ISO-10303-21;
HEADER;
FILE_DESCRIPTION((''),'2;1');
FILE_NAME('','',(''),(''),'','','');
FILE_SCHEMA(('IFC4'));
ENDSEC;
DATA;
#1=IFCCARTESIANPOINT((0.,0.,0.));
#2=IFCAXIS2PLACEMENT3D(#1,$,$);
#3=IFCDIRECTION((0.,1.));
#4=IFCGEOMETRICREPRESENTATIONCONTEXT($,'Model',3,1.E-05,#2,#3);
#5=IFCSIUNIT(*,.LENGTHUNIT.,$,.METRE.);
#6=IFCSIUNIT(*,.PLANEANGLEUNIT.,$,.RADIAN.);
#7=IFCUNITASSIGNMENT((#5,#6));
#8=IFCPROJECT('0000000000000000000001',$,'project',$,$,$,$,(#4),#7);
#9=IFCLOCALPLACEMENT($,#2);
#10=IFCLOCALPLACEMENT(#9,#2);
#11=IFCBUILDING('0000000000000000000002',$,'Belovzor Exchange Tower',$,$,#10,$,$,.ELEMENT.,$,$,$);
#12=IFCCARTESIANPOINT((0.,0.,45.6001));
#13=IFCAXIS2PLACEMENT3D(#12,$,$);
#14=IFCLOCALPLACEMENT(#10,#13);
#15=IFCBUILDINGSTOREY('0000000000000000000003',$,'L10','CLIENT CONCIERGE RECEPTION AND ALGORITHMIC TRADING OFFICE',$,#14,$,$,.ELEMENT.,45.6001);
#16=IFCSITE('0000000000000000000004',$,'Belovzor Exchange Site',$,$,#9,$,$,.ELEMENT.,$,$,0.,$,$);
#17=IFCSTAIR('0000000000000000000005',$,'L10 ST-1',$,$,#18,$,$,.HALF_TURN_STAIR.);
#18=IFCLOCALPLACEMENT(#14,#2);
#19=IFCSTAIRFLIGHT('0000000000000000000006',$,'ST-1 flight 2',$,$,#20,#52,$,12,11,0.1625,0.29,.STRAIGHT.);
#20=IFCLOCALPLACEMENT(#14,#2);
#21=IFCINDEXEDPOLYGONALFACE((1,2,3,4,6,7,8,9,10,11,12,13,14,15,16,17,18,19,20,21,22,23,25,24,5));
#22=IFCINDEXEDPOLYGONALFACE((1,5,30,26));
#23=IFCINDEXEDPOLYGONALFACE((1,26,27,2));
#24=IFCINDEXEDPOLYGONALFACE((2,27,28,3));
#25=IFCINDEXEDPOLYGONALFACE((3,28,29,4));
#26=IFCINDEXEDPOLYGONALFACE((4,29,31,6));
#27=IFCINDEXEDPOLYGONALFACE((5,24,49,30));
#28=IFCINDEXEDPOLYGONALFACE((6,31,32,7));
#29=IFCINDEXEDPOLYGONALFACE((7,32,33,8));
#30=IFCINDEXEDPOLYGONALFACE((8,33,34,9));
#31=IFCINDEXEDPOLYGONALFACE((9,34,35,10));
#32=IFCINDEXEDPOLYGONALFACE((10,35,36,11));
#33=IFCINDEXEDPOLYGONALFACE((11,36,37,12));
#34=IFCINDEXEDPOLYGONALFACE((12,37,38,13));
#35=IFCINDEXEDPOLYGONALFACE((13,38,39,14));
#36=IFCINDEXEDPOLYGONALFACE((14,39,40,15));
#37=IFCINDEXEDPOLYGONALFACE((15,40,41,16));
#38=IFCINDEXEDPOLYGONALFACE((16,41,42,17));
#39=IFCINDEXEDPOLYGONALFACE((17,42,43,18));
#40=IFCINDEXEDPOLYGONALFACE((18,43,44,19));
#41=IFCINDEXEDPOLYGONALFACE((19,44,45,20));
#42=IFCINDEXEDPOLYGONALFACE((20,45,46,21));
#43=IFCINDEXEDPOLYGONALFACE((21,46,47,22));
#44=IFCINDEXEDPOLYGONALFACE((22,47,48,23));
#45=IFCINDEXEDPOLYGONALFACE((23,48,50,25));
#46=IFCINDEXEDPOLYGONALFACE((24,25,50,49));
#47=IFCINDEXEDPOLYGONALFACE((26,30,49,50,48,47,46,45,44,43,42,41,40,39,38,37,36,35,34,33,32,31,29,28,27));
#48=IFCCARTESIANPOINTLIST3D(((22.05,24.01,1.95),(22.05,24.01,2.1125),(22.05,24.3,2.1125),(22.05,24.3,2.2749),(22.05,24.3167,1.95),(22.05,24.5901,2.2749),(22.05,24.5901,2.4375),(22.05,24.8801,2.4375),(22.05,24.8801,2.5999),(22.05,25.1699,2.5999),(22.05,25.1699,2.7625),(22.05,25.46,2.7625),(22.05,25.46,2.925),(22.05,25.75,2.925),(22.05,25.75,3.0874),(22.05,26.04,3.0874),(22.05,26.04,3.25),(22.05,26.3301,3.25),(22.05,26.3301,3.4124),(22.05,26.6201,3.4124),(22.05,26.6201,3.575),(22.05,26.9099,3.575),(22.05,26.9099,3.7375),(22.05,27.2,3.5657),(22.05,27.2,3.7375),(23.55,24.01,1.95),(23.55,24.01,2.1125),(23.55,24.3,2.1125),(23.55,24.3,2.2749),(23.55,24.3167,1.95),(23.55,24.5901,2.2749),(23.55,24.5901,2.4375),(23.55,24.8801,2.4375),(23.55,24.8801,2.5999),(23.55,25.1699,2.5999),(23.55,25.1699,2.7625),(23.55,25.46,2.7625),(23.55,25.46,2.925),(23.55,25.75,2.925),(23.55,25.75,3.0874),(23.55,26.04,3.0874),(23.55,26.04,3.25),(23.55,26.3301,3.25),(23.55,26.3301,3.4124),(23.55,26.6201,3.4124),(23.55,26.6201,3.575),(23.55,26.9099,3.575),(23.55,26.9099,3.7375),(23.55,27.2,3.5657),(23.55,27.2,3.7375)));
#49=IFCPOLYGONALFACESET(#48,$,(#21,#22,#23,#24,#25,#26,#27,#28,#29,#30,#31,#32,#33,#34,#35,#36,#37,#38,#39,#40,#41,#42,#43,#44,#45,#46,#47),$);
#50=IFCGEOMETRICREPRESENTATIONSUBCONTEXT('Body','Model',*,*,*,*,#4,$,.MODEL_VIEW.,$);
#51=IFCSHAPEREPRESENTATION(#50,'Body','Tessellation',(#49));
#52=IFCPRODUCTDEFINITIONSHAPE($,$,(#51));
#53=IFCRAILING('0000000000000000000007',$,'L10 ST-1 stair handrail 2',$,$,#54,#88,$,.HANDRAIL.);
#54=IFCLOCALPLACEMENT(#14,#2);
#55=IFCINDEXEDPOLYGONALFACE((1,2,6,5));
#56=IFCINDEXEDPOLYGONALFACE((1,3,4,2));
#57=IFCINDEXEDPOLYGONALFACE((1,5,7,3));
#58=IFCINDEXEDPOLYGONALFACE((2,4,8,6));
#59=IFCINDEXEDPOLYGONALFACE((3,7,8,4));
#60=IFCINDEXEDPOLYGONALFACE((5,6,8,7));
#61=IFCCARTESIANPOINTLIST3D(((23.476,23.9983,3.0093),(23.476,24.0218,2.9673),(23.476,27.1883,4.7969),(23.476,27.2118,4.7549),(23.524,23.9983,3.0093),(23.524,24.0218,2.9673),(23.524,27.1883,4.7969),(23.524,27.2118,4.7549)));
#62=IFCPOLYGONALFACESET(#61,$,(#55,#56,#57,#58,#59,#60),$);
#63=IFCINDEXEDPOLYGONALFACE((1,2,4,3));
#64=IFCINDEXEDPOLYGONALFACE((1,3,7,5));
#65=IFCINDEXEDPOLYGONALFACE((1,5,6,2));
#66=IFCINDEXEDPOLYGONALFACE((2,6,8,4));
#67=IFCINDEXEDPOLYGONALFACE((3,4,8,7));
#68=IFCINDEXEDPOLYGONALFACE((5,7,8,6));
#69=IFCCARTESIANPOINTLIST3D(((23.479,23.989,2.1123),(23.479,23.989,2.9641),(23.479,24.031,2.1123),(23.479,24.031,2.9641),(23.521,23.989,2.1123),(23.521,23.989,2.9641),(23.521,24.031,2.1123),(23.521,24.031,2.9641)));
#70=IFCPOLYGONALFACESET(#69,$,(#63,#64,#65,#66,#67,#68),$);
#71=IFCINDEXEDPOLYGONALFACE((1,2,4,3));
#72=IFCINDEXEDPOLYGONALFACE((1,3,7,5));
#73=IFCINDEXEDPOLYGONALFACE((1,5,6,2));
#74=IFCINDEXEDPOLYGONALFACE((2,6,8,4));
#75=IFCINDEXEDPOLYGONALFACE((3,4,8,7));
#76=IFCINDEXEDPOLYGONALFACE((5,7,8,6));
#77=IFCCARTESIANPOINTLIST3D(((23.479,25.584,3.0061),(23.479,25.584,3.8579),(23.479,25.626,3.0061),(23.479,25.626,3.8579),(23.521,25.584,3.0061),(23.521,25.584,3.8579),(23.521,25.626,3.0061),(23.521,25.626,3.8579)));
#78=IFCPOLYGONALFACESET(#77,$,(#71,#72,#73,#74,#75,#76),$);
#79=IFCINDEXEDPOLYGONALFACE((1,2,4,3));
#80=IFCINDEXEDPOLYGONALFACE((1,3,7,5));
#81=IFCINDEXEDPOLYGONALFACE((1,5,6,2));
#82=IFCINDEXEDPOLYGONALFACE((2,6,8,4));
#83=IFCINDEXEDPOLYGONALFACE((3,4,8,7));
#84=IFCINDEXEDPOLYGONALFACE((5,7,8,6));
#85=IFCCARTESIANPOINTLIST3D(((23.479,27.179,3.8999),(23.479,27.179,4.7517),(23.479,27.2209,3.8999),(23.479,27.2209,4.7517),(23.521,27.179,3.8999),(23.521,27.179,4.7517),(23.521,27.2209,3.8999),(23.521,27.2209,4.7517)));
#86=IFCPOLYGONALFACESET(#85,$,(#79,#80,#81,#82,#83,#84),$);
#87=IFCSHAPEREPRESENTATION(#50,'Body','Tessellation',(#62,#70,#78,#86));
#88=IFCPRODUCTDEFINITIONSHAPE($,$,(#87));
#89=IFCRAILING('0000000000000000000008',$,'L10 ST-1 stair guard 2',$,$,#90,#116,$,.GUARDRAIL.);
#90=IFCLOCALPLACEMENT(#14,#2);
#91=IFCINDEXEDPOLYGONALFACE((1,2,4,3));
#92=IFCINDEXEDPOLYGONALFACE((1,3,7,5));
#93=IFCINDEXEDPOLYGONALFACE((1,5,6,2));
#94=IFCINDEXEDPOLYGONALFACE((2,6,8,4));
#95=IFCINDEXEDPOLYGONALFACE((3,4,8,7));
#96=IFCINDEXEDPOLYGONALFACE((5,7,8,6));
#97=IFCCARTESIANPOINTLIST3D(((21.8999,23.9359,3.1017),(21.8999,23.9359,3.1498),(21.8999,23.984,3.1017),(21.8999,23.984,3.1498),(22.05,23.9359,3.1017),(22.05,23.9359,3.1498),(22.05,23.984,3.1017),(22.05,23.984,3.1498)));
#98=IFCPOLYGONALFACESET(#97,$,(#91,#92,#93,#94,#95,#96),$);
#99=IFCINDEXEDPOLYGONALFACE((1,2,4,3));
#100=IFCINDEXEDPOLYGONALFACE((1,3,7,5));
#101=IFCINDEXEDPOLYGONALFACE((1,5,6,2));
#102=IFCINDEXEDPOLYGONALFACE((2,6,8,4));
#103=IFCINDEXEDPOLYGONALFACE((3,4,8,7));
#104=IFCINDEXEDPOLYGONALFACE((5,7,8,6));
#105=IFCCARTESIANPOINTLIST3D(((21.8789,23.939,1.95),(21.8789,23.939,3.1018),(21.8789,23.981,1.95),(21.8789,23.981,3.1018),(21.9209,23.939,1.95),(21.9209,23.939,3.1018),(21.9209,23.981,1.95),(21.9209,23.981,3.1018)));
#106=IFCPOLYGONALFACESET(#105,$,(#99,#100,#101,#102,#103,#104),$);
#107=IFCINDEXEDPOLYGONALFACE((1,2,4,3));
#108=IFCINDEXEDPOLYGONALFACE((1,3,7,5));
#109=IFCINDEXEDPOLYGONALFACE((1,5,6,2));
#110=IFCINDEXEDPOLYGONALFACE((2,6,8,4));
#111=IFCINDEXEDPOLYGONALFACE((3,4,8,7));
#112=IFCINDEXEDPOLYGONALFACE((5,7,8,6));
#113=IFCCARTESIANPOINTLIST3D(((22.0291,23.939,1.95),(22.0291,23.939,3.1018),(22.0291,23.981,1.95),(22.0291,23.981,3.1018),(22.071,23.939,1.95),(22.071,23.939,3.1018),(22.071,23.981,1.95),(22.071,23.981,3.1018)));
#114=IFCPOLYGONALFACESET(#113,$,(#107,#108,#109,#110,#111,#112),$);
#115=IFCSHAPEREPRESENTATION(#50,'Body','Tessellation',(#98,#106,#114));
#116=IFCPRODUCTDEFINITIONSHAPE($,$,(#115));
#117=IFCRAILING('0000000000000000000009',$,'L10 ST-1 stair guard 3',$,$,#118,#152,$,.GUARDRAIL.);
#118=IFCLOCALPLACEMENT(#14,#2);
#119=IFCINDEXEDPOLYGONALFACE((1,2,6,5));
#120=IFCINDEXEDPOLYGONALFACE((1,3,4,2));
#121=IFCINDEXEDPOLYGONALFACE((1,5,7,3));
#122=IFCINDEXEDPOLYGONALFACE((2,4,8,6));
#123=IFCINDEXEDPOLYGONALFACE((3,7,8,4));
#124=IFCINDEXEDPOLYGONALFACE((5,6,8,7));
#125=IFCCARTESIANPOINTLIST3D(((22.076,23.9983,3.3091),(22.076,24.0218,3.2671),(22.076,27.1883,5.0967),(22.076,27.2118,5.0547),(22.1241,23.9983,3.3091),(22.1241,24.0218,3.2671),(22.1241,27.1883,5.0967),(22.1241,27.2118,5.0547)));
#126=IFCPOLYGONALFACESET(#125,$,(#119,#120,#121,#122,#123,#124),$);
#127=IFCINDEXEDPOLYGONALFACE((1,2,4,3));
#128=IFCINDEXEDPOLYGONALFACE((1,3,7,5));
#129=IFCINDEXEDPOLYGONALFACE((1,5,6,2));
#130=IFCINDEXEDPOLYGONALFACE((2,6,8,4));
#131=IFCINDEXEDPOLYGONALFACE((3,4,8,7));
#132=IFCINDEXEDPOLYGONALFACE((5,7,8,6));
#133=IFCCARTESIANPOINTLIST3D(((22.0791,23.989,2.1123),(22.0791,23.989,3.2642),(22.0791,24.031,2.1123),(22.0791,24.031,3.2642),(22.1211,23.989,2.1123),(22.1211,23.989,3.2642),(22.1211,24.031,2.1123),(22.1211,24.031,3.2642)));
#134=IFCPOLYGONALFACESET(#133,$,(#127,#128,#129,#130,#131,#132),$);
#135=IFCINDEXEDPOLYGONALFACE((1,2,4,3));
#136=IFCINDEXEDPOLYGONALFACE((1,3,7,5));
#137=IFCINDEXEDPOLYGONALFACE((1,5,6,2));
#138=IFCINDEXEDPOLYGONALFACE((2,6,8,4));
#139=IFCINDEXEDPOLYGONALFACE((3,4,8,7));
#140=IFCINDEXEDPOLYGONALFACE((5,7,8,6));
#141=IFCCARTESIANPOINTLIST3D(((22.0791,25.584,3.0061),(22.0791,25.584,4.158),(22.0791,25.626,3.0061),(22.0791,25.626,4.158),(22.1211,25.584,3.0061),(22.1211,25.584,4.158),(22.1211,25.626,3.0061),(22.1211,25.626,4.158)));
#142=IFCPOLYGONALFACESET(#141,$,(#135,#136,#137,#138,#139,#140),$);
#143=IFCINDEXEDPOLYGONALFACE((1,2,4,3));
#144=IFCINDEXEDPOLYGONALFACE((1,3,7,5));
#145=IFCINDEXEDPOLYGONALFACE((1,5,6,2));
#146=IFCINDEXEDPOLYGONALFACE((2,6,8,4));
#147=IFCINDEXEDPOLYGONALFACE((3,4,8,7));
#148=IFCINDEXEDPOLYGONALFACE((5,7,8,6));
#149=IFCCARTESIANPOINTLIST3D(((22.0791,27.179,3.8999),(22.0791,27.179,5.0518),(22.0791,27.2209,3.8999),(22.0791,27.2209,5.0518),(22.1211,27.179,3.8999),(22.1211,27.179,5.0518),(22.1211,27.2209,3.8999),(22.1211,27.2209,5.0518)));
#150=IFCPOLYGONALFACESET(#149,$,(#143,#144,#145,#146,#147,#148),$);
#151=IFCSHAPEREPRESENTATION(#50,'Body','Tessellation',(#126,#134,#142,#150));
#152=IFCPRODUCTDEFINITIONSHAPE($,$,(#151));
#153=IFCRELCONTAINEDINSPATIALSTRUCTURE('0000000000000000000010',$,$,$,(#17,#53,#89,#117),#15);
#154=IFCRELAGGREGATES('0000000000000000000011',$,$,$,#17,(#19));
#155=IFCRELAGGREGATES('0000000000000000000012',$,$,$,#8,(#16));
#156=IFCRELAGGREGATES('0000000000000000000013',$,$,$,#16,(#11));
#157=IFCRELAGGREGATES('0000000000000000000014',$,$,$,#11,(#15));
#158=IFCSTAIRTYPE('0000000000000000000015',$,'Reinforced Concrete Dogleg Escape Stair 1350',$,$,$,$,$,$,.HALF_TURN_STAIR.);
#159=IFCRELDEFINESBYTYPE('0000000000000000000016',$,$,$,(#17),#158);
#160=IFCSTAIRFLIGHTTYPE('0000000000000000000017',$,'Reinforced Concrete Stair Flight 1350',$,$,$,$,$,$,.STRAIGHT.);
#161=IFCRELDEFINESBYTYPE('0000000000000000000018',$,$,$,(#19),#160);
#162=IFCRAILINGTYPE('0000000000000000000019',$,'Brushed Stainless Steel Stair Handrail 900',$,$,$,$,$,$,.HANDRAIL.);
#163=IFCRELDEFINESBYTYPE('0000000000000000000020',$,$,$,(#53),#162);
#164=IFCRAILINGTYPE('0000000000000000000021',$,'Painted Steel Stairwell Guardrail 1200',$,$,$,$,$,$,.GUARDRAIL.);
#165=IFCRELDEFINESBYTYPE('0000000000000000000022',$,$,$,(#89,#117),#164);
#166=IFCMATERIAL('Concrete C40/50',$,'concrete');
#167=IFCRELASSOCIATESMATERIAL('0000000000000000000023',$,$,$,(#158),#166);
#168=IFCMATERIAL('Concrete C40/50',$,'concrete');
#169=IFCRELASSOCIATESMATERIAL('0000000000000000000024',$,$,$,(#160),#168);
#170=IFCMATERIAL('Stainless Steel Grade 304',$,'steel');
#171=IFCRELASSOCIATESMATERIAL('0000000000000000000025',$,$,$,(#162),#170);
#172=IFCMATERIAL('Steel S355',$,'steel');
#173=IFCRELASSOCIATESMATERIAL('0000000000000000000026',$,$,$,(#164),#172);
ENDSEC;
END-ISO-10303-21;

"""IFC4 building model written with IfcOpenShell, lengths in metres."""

from ifc_helpers import new_model, si_unit, direction, frame, origin, origin_2d, place, context, subcontext, project, spatial, polyline, rectangle, outline, extrude, material, type_object, element, aggregate, save


model = new_model("IFC4")

# Units and contexts
model_context = context("Model", 3, precision=1e-05, world=origin(), true_north=direction((0.0, 1.0)))
body_context = subcontext(model_context, "Body", "Model", "MODEL_VIEW")
ifc_project = project(units=[si_unit("LENGTHUNIT", "METRE"), si_unit("PLANEANGLEUNIT", "RADIAN")], contexts=[model_context])

# Site, building, storey
site_placement = place(None, origin())
site = spatial("IfcSite", under=ifc_project, at=site_placement, Name="Belovzor Exchange Site", CompositionType="ELEMENT", RefElevation=0.0)
building_placement = place(site_placement, origin())
building = spatial("IfcBuilding", under=site, at=building_placement, Name="Belovzor Exchange Tower", CompositionType="ELEMENT")
storey_placement = place(building_placement, frame((0.0, 0.0, 45.6001)))
storey = spatial("IfcBuildingStorey", under=building, at=storey_placement, Name="L10", Description="CLIENT CONCIERGE RECEPTION AND ALGORITHMIC TRADING OFFICE", CompositionType="ELEMENT", Elevation=45.6001)

# Stair, stair flight
ifc_material_1 = material(Name="Concrete C40/50", Category="concrete")
stair_type = type_object("IfcStairType", Name="Reinforced Concrete Dogleg Escape Stair 1350", PredefinedType="HALF_TURN_STAIR", material=ifc_material_1)
stair_placement = place(storey_placement, origin())
stair = element("IfcStair", 1, at=stair_placement, inside=storey, type_object=stair_type, Name="L10 ST-1", PredefinedType="HALF_TURN_STAIR")
ifc_material_2 = material(Name="Concrete C40/50", Category="concrete")
stair_flight_type = type_object("IfcStairFlightType", Name="Reinforced Concrete Stair Flight 1350", PredefinedType="STRAIGHT", material=ifc_material_2)
stair_flight_placement = place(storey_placement, frame((22.8, 24.01, 1.95), z_axis=(0.0, 0.0, 1.0), x_axis=(0.0, 1.0, 0.0)))
stair_flight = element("IfcStairFlight", 2, at=stair_flight_placement, type_object=stair_flight_type, Name="ST-1 flight 2", NumberOfRisers=12, NumberOfTreads=11, PredefinedType="STRAIGHT", RiserHeight=0.1625, TreadLength=0.29, context=body_context, shape_type="SweptSolid", body=[
    extrude(outline(polyline([(0.0, 0.0), (0.0, 0.1626), (0.29, 0.1626), (0.29, 0.325), (0.5801, 0.325), (0.5801, 0.4875), (0.8701, 0.4875), (0.8701, 0.6499), (1.1599, 0.6499), (1.1599, 0.8125), (1.45, 0.8125), (1.45, 0.9751), (1.74, 0.9751), (1.74, 1.1375), (2.03, 1.1375), (2.03, 1.3), (2.3201, 1.3), (2.3201, 1.4624), (2.6101, 1.4624), (2.6101, 1.625), (2.8999, 1.625), (2.8999, 1.7876), (3.1899, 1.7876), (3.1899, 1.95), (3.1899, 1.6157), (0.3066, 0.0), (0.0, 0.0)])), frame((0.0, 0.75, 0.0), z_axis=(0.0, -1.0, 0.0), x_axis=(1.0, 0.0, 0.0)), (0.0, 0.0, 1.0), 1.5),
])
aggregate(stair, [stair_flight])

# Railings
ifc_material_3 = material(Name="Stainless Steel Grade 304", Category="steel")
railing_type_1 = type_object("IfcRailingType", Name="Brushed Stainless Steel Stair Handrail 900", PredefinedType="HANDRAIL", material=ifc_material_3)
railing_1_placement = place(storey_placement, frame((23.5, 24.01, 2.1123)))
element("IfcRailing", 3, at=railing_1_placement, inside=storey, type_object=railing_type_1, Name="L10 ST-1 stair handrail 2", PredefinedType="HANDRAIL", context=body_context, shape_type="SweptSolid", body=[
    extrude(rectangle(XDim=0.0481, YDim=0.0481, at=origin_2d()), frame((0.0, 0.0, 0.876), z_axis=(0.0, 0.872363, 0.48886), x_axis=(-1.0, 0.0, 0.0)), (0.0, 0.0, 1.0), 3.6567),
    extrude(rectangle(XDim=0.042, YDim=0.042, at=origin_2d()), origin(), (0.0, 0.0, 1.0), 0.8518),
    extrude(rectangle(XDim=0.042, YDim=0.042, at=origin_2d()), frame((0.0, 1.595, 0.8938)), (0.0, 0.0, 1.0), 0.8518),
    extrude(rectangle(XDim=0.042, YDim=0.042, at=origin_2d()), frame((0.0, 3.1899, 1.7876)), (0.0, 0.0, 1.0), 0.8518),
])
ifc_material_4 = material(Name="Steel S355", Category="steel")
railing_type_2 = type_object("IfcRailingType", Name="Painted Steel Stairwell Guardrail 1200", PredefinedType="GUARDRAIL", material=ifc_material_4)
railing_2_placement = place(storey_placement, frame((21.8999, 23.96, 1.95)))
element("IfcRailing", 4, at=railing_2_placement, inside=storey, type_object=railing_type_2, Name="L10 ST-1 stair guard 2", PredefinedType="GUARDRAIL", context=body_context, shape_type="SweptSolid", body=[
    extrude(rectangle(XDim=0.0481, YDim=0.0481, at=origin_2d()), frame((0.0, 0.0, 1.1758), z_axis=(1.0, 0.0, 0.0), x_axis=(0.0, 1.0, 0.0)), (0.0, 0.0, 1.0), 0.1501),
    extrude(rectangle(XDim=0.042, YDim=0.042, at=origin_2d()), origin(), (0.0, 0.0, 1.0), 1.1519),
    extrude(rectangle(XDim=0.042, YDim=0.042, at=origin_2d()), frame((0.1501, 0.0, 0.0)), (0.0, 0.0, 1.0), 1.1519),
])
railing_3_placement = place(storey_placement, frame((22.1001, 24.01, 2.1123)))
element("IfcRailing", 5, at=railing_3_placement, inside=storey, type_object=railing_type_2, Name="L10 ST-1 stair guard 3", PredefinedType="GUARDRAIL", context=body_context, shape_type="SweptSolid", body=[
    extrude(rectangle(XDim=0.0481, YDim=0.0481, at=origin_2d()), frame((0.0, 0.0, 1.1758), z_axis=(0.0, 0.872363, 0.48886), x_axis=(-1.0, 0.0, 0.0)), (0.0, 0.0, 1.0), 3.6567),
    extrude(rectangle(XDim=0.042, YDim=0.042, at=origin_2d()), origin(), (0.0, 0.0, 1.0), 1.1519),
    extrude(rectangle(XDim=0.042, YDim=0.042, at=origin_2d()), frame((0.0, 1.595, 0.8938)), (0.0, 0.0, 1.0), 1.1519),
    extrude(rectangle(XDim=0.042, YDim=0.042, at=origin_2d()), frame((0.0, 3.1899, 1.7876)), (0.0, 0.0, 1.0), 1.1519),
])

save(model, "model.ifc")
